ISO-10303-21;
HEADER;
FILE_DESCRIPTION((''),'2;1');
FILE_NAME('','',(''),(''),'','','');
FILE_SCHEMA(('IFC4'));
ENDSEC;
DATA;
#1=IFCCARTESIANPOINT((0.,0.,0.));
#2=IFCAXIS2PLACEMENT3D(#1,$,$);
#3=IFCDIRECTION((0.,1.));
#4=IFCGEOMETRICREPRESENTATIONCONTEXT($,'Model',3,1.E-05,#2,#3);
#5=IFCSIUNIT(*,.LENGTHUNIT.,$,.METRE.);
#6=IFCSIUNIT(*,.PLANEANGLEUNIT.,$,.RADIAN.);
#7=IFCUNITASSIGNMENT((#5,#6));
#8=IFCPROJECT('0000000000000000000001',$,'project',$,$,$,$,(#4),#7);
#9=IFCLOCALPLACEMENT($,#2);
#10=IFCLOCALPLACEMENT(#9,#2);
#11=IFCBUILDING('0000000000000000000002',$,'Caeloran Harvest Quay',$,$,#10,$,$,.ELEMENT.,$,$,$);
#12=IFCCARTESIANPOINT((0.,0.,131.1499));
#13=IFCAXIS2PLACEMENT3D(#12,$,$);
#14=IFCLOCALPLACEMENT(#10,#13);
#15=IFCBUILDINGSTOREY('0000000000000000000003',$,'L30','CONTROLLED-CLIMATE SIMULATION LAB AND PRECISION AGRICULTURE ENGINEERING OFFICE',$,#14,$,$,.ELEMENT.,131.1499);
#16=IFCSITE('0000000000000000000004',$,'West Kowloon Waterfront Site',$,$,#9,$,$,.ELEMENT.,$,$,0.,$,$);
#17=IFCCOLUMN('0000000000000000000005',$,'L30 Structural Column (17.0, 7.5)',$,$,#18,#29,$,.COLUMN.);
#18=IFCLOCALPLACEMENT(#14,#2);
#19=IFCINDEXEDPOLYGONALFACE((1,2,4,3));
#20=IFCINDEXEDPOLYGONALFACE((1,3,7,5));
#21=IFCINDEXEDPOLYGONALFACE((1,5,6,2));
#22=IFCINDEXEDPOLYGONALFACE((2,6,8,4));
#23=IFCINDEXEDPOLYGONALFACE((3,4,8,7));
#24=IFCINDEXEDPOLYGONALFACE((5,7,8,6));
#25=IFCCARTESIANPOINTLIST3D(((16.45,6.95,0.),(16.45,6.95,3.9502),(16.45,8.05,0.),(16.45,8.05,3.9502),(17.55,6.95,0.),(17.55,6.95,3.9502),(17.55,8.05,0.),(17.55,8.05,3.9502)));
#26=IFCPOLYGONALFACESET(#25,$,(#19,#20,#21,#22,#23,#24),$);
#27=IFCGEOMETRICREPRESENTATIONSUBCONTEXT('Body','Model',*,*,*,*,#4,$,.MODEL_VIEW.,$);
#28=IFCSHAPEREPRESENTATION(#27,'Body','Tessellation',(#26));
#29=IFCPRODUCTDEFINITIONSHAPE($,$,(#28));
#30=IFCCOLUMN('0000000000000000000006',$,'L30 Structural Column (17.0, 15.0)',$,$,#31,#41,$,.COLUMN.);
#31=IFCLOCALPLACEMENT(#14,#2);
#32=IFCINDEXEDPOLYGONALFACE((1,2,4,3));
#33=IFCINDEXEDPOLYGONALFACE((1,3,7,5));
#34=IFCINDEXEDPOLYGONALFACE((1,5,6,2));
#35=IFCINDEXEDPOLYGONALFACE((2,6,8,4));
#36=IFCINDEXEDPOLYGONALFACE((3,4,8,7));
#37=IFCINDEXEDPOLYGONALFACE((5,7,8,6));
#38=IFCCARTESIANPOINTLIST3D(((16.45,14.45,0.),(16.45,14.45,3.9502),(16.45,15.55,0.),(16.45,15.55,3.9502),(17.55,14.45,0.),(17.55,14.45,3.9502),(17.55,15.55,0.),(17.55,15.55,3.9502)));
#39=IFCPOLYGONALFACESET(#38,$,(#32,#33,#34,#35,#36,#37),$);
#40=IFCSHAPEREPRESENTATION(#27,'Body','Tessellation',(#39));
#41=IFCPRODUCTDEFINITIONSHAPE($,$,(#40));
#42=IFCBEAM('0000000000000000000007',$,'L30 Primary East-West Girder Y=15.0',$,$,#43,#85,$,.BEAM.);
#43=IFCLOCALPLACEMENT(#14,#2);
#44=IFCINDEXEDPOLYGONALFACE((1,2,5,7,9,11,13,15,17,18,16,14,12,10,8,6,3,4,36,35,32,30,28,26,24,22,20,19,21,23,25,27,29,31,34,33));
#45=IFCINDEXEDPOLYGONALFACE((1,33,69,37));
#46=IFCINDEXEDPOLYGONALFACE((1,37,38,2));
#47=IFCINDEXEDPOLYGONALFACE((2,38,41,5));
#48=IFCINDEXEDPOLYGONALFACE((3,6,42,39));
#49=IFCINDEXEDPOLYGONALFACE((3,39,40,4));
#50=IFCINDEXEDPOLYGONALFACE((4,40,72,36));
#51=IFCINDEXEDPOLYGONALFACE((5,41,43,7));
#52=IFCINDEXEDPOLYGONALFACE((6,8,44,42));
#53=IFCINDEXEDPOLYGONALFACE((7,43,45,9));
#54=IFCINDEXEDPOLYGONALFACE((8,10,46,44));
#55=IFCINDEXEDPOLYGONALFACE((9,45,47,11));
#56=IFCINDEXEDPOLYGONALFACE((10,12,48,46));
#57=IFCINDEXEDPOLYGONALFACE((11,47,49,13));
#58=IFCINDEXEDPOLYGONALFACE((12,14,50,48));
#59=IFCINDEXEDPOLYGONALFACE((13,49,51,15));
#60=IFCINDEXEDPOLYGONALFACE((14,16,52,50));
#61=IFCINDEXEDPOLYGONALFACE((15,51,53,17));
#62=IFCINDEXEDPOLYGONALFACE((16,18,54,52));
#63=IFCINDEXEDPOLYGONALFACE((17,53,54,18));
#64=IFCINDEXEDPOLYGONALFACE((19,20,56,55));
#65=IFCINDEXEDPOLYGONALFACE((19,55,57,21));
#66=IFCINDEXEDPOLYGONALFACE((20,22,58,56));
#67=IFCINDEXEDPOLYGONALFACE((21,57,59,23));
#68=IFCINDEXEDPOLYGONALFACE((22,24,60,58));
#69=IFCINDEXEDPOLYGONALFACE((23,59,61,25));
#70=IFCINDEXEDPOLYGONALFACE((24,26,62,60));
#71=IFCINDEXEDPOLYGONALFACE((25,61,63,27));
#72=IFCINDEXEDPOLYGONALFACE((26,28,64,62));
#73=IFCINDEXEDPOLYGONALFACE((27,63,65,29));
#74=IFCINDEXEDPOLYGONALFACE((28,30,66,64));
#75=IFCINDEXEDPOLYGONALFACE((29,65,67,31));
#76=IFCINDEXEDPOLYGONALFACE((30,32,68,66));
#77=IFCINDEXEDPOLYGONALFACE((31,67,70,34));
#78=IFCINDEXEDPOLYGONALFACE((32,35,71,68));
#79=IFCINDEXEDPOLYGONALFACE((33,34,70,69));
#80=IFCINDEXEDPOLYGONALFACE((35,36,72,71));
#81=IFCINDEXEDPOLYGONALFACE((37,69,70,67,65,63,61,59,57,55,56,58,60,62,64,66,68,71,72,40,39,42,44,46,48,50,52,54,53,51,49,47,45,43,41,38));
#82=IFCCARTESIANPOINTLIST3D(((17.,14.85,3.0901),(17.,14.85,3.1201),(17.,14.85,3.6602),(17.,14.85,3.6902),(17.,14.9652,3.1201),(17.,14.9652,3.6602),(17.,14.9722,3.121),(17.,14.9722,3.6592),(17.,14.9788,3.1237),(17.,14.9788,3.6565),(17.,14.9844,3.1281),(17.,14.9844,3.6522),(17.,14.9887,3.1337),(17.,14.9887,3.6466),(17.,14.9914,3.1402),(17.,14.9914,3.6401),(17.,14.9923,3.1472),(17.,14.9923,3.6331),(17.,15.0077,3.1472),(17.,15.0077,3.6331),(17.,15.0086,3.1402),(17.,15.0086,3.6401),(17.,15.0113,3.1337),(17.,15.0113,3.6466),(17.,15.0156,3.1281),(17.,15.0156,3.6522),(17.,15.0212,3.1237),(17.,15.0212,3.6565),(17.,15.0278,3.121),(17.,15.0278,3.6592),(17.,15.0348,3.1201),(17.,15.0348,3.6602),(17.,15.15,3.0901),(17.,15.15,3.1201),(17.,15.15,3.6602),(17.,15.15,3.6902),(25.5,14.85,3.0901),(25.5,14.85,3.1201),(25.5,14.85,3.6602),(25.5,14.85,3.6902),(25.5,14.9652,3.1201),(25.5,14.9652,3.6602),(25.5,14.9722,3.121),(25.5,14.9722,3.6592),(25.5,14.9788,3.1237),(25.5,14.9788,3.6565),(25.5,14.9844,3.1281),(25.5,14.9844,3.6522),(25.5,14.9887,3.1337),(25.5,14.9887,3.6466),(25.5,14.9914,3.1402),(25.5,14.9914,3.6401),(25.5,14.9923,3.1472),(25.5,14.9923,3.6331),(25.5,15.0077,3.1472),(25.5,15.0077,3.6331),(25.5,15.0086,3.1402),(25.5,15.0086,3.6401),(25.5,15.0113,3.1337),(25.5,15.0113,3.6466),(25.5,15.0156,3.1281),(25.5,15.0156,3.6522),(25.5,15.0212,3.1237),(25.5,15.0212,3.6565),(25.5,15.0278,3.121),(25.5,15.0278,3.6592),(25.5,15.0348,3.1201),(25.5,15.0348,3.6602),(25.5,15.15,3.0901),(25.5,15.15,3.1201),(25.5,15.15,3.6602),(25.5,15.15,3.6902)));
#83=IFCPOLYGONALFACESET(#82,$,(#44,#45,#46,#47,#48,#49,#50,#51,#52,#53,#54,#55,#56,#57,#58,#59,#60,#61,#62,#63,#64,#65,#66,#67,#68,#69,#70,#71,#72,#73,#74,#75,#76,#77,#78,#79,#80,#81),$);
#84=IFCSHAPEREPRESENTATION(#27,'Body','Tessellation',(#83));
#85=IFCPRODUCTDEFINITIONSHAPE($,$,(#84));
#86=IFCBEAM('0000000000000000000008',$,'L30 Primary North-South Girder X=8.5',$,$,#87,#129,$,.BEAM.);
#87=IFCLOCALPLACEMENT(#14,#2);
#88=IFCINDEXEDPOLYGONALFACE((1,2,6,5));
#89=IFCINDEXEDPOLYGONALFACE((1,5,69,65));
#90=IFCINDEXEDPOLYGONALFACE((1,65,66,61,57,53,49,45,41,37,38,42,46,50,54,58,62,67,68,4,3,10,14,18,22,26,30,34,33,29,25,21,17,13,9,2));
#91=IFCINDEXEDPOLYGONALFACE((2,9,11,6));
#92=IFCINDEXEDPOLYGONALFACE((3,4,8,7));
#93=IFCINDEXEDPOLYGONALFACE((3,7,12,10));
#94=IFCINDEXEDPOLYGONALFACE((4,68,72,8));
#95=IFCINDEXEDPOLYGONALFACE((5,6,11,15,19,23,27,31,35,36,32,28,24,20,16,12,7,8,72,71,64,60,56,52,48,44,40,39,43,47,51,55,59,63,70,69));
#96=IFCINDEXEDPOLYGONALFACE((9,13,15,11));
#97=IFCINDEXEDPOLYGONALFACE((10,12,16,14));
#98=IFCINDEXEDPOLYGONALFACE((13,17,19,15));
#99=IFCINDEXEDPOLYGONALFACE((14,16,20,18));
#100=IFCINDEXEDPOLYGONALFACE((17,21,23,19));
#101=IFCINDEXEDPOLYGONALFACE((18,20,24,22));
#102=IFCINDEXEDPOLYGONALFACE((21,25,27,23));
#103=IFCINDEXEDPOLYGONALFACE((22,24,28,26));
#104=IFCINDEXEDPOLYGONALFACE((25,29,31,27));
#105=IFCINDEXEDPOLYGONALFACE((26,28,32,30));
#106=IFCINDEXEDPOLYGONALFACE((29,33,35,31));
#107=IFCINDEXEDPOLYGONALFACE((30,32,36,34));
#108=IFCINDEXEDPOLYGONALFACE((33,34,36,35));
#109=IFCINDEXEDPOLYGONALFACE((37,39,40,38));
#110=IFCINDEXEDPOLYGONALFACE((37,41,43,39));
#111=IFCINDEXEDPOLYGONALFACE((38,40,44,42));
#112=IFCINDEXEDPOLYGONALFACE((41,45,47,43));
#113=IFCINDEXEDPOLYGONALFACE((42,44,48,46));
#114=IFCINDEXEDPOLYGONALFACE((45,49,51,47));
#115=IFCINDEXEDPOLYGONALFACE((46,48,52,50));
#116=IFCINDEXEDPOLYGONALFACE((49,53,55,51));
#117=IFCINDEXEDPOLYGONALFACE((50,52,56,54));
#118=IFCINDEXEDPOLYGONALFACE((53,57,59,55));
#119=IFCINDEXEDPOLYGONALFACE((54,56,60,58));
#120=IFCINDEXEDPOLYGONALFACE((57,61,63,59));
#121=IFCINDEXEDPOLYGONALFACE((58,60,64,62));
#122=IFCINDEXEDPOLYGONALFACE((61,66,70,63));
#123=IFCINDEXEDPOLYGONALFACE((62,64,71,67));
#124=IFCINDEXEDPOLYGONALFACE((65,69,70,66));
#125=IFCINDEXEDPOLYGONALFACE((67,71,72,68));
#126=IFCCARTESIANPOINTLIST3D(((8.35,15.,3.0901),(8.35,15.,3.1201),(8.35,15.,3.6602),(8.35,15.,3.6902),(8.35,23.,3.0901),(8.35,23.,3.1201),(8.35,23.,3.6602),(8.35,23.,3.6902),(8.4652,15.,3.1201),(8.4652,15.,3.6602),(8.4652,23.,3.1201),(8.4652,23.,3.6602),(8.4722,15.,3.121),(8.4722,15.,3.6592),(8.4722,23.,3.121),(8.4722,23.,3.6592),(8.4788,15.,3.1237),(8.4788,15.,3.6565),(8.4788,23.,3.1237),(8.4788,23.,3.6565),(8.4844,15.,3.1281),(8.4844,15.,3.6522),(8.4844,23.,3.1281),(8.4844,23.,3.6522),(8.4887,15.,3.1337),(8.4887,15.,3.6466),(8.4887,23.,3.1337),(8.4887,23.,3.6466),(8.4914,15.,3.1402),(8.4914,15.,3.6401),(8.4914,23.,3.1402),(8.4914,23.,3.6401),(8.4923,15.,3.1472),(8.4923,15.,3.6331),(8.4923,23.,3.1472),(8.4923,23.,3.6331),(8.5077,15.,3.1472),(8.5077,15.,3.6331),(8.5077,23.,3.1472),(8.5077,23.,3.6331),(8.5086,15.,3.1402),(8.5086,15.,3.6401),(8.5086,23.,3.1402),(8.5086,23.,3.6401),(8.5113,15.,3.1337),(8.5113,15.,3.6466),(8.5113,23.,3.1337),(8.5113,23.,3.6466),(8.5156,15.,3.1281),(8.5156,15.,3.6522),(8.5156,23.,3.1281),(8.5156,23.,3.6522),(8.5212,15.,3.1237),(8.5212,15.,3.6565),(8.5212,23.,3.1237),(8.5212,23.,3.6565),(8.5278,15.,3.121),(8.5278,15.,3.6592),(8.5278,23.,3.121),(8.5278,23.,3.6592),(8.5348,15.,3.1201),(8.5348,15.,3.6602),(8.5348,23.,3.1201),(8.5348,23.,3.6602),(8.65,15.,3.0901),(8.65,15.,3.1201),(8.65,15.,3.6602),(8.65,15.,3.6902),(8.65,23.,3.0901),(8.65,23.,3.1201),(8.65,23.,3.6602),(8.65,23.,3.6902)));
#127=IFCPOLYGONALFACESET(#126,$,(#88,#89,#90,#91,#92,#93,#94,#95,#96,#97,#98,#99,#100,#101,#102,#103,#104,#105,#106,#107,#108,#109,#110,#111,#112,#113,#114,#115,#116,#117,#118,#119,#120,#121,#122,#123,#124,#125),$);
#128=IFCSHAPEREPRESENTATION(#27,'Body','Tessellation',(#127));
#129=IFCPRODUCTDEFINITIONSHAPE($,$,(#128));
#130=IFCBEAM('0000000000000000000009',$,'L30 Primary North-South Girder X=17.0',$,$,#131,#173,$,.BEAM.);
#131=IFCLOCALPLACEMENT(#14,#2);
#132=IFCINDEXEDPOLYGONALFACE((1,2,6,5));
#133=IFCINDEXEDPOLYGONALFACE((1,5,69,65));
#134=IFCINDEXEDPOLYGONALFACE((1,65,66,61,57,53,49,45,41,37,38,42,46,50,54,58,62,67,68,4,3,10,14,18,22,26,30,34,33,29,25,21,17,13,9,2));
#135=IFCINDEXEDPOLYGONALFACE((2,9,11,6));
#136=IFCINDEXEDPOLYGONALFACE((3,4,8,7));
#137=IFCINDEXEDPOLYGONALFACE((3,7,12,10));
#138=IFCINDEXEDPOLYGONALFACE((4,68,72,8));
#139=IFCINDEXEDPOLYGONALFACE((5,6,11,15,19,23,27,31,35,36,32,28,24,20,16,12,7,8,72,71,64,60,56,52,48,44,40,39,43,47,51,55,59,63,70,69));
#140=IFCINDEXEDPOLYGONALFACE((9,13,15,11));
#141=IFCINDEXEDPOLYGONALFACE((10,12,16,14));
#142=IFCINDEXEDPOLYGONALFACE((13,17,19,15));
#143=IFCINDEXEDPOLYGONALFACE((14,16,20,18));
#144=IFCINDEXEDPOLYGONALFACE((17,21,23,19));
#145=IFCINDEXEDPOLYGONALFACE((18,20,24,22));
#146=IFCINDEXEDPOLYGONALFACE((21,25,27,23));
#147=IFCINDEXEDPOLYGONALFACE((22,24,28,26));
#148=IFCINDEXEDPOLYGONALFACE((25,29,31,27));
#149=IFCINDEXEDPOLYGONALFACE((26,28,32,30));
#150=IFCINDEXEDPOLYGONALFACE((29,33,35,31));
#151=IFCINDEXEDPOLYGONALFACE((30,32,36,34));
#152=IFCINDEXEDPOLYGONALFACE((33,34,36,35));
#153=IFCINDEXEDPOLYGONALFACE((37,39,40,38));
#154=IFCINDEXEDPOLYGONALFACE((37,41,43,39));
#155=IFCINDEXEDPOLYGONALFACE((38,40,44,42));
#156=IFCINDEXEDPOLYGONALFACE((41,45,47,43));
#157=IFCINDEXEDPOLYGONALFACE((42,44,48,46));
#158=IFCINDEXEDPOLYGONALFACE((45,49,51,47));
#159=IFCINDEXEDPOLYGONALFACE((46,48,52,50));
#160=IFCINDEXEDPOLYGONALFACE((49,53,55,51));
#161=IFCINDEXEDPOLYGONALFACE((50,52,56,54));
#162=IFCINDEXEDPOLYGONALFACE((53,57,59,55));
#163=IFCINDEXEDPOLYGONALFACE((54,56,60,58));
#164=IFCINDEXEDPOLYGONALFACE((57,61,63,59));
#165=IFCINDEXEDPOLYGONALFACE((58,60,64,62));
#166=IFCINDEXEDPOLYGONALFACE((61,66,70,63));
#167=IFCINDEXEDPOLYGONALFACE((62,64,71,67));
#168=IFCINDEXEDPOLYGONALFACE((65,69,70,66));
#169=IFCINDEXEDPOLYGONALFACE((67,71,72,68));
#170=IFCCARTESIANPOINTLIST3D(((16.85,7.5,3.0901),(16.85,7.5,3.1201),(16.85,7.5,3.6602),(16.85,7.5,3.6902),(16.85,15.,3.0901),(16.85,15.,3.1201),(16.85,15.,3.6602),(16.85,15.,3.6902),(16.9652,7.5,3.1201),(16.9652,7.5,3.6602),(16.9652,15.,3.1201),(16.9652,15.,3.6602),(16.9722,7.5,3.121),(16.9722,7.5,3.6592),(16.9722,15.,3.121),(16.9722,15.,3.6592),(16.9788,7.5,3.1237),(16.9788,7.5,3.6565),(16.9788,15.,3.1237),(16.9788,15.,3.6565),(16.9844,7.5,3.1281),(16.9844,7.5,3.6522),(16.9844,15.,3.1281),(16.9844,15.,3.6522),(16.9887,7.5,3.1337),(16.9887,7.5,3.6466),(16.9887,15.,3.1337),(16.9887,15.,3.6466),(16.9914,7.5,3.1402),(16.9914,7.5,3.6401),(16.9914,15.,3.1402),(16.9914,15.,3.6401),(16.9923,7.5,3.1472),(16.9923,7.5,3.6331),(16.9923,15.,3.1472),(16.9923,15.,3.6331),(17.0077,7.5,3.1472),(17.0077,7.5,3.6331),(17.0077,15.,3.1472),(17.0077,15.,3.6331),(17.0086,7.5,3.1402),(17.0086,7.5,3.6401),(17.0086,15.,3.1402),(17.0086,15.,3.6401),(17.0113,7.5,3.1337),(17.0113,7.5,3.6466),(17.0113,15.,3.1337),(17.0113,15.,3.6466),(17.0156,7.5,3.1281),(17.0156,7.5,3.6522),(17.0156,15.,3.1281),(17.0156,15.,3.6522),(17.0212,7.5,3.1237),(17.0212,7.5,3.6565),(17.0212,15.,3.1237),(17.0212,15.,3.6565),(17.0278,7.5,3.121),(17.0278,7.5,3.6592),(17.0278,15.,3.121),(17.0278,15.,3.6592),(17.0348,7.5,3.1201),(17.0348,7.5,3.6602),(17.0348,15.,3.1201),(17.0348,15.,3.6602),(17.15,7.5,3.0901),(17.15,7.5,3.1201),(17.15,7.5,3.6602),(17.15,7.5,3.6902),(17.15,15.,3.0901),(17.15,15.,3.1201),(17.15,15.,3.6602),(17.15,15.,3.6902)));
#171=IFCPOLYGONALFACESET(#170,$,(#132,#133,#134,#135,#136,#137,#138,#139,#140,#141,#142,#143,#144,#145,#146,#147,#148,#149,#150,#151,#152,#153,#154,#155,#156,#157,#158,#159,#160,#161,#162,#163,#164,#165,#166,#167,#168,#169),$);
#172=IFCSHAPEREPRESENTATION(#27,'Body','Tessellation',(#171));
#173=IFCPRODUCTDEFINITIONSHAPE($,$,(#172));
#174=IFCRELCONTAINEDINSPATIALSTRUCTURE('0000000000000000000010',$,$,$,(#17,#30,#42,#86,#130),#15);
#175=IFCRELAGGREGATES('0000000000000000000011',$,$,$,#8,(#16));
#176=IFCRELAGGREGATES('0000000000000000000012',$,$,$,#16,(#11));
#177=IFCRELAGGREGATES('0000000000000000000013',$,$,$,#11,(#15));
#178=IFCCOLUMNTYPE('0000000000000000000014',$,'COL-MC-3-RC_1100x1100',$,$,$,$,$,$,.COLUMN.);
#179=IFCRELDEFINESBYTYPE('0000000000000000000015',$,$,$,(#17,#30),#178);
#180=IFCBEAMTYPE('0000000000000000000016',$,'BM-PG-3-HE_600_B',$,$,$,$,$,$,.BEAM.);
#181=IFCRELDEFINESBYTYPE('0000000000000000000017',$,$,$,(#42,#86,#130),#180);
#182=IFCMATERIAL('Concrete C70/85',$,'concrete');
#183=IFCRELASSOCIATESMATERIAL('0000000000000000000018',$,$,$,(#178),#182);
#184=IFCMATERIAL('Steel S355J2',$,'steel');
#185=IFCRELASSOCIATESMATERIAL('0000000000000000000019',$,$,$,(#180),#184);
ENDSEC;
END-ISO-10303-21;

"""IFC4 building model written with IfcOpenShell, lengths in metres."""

from ifc_helpers import new_model, si_unit, direction, frame, origin, origin_2d, place, context, subcontext, project, spatial, rectangle, i_section, extrude, material, material_profile, profile_set, type_object, element, save


model = new_model("IFC4")

# Units and contexts
model_context = context("Model", 3, precision=1e-05, world=origin(), true_north=direction((0.0, 1.0)))
body_context = subcontext(model_context, "Body", "Model", "MODEL_VIEW")
ifc_project = project(units=[si_unit("LENGTHUNIT", "METRE"), si_unit("PLANEANGLEUNIT", "RADIAN")], contexts=[model_context])

# Site, building, storey
site_placement = place(None, origin())
site = spatial("IfcSite", under=ifc_project, at=site_placement, Name="West Kowloon Waterfront Site", CompositionType="ELEMENT", RefElevation=0.0)
building_placement = place(site_placement, origin())
building = spatial("IfcBuilding", under=site, at=building_placement, Name="Caeloran Harvest Quay", CompositionType="ELEMENT")
storey_placement = place(building_placement, frame((0.0, 0.0, 131.1499)))
storey = spatial("IfcBuildingStorey", under=building, at=storey_placement, Name="L30", Description="CONTROLLED-CLIMATE SIMULATION LAB AND PRECISION AGRICULTURE ENGINEERING OFFICE", CompositionType="ELEMENT", Elevation=131.1499)

# Columns
ifc_material_1 = material(Name="Concrete C70/85", Category="concrete")
ifc_material_profile_1 = material_profile(ifc_material_1, rectangle(XDim=1.1001, YDim=1.1001, at=origin_2d()), Name="RC 1100x1100")
ifc_profile_set_1 = profile_set([ifc_material_profile_1], Name="Concrete C70/85")
column_type = type_object("IfcColumnType", Name="COL-MC-3-RC_1100x1100", PredefinedType="COLUMN", material=ifc_profile_set_1)
for number, where, z_axis, x_axis, name in (
    (1, (17.0, 7.5, 0.0), (0.0, 0.0, 1.0), (1.0, 0.0, 0.0), "L30 Structural Column (17.0, 7.5)"),
    (2, (17.0, 15.0, 0.0), (0.0, 0.0, 1.0), (1.0, 0.0, 0.0), "L30 Structural Column (17.0, 15.0)"),
):
    element("IfcColumn", number, at=place(storey_placement, frame(where, z_axis=z_axis, x_axis=x_axis)), inside=storey, type_object=column_type, Name=name, PredefinedType="COLUMN", context=body_context, shape_type="SweptSolid", body=[
        extrude(rectangle(XDim=1.1001, YDim=1.1001, at=origin_2d()), origin(), (0.0, 0.0, 1.0), 3.9502),
    ])

# Beams
ifc_material_2 = material(Name="Steel S355J2", Category="steel")
ifc_material_profile_2 = material_profile(ifc_material_2, i_section(OverallWidth=0.3, OverallDepth=0.6001, WebThickness=0.0154, FlangeThickness=0.03, FilletRadius=0.0271, at=origin_2d()), Name="HE 600 B")
ifc_profile_set_2 = profile_set([ifc_material_profile_2], Name="Steel S355J2")
beam_type_1 = type_object("IfcBeamType", Name="BM-PG-3-HE_600_B", PredefinedType="BEAM", material=ifc_profile_set_2)
beam_1_placement = place(storey_placement, frame((17.0, 15.0, 3.3901), z_axis=(1.0, 0.0, 0.0), x_axis=(0.0, 1.0, 0.0)))
element("IfcBeam", 3, at=beam_1_placement, inside=storey, type_object=beam_type_1, Name="L30 Primary East-West Girder Y=15.0", PredefinedType="BEAM", context=body_context, shape_type="SweptSolid", body=[
    extrude(i_section(OverallWidth=0.3, OverallDepth=0.6001, WebThickness=0.0154, FlangeThickness=0.03, FilletRadius=0.0271, at=origin_2d()), origin(), (0.0, 0.0, 1.0), 8.5),
])
beam_2_placement = place(storey_placement, frame((8.5, 15.0, 3.3901), z_axis=(0.0, 1.0, 0.0), x_axis=(-1.0, 0.0, 0.0)))
element("IfcBeam", 4, at=beam_2_placement, inside=storey, type_object=beam_type_1, Name="L30 Primary North-South Girder X=8.5", PredefinedType="BEAM", context=body_context, shape_type="SweptSolid", body=[
    extrude(i_section(OverallWidth=0.3, OverallDepth=0.6001, WebThickness=0.0154, FlangeThickness=0.03, FilletRadius=0.0271, at=origin_2d()), origin(), (0.0, 0.0, 1.0), 8.0),
])
beam_3_placement = place(storey_placement, frame((17.0, 7.5, 3.3901), z_axis=(0.0, 1.0, 0.0), x_axis=(-1.0, 0.0, 0.0)))
element("IfcBeam", 5, at=beam_3_placement, inside=storey, type_object=beam_type_1, Name="L30 Primary North-South Girder X=17.0", PredefinedType="BEAM", context=body_context, shape_type="SweptSolid", body=[
    extrude(i_section(OverallWidth=0.3, OverallDepth=0.6001, WebThickness=0.0154, FlangeThickness=0.03, FilletRadius=0.0271, at=origin_2d()), origin(), (0.0, 0.0, 1.0), 7.5),
])

save(model, "model.ifc")
